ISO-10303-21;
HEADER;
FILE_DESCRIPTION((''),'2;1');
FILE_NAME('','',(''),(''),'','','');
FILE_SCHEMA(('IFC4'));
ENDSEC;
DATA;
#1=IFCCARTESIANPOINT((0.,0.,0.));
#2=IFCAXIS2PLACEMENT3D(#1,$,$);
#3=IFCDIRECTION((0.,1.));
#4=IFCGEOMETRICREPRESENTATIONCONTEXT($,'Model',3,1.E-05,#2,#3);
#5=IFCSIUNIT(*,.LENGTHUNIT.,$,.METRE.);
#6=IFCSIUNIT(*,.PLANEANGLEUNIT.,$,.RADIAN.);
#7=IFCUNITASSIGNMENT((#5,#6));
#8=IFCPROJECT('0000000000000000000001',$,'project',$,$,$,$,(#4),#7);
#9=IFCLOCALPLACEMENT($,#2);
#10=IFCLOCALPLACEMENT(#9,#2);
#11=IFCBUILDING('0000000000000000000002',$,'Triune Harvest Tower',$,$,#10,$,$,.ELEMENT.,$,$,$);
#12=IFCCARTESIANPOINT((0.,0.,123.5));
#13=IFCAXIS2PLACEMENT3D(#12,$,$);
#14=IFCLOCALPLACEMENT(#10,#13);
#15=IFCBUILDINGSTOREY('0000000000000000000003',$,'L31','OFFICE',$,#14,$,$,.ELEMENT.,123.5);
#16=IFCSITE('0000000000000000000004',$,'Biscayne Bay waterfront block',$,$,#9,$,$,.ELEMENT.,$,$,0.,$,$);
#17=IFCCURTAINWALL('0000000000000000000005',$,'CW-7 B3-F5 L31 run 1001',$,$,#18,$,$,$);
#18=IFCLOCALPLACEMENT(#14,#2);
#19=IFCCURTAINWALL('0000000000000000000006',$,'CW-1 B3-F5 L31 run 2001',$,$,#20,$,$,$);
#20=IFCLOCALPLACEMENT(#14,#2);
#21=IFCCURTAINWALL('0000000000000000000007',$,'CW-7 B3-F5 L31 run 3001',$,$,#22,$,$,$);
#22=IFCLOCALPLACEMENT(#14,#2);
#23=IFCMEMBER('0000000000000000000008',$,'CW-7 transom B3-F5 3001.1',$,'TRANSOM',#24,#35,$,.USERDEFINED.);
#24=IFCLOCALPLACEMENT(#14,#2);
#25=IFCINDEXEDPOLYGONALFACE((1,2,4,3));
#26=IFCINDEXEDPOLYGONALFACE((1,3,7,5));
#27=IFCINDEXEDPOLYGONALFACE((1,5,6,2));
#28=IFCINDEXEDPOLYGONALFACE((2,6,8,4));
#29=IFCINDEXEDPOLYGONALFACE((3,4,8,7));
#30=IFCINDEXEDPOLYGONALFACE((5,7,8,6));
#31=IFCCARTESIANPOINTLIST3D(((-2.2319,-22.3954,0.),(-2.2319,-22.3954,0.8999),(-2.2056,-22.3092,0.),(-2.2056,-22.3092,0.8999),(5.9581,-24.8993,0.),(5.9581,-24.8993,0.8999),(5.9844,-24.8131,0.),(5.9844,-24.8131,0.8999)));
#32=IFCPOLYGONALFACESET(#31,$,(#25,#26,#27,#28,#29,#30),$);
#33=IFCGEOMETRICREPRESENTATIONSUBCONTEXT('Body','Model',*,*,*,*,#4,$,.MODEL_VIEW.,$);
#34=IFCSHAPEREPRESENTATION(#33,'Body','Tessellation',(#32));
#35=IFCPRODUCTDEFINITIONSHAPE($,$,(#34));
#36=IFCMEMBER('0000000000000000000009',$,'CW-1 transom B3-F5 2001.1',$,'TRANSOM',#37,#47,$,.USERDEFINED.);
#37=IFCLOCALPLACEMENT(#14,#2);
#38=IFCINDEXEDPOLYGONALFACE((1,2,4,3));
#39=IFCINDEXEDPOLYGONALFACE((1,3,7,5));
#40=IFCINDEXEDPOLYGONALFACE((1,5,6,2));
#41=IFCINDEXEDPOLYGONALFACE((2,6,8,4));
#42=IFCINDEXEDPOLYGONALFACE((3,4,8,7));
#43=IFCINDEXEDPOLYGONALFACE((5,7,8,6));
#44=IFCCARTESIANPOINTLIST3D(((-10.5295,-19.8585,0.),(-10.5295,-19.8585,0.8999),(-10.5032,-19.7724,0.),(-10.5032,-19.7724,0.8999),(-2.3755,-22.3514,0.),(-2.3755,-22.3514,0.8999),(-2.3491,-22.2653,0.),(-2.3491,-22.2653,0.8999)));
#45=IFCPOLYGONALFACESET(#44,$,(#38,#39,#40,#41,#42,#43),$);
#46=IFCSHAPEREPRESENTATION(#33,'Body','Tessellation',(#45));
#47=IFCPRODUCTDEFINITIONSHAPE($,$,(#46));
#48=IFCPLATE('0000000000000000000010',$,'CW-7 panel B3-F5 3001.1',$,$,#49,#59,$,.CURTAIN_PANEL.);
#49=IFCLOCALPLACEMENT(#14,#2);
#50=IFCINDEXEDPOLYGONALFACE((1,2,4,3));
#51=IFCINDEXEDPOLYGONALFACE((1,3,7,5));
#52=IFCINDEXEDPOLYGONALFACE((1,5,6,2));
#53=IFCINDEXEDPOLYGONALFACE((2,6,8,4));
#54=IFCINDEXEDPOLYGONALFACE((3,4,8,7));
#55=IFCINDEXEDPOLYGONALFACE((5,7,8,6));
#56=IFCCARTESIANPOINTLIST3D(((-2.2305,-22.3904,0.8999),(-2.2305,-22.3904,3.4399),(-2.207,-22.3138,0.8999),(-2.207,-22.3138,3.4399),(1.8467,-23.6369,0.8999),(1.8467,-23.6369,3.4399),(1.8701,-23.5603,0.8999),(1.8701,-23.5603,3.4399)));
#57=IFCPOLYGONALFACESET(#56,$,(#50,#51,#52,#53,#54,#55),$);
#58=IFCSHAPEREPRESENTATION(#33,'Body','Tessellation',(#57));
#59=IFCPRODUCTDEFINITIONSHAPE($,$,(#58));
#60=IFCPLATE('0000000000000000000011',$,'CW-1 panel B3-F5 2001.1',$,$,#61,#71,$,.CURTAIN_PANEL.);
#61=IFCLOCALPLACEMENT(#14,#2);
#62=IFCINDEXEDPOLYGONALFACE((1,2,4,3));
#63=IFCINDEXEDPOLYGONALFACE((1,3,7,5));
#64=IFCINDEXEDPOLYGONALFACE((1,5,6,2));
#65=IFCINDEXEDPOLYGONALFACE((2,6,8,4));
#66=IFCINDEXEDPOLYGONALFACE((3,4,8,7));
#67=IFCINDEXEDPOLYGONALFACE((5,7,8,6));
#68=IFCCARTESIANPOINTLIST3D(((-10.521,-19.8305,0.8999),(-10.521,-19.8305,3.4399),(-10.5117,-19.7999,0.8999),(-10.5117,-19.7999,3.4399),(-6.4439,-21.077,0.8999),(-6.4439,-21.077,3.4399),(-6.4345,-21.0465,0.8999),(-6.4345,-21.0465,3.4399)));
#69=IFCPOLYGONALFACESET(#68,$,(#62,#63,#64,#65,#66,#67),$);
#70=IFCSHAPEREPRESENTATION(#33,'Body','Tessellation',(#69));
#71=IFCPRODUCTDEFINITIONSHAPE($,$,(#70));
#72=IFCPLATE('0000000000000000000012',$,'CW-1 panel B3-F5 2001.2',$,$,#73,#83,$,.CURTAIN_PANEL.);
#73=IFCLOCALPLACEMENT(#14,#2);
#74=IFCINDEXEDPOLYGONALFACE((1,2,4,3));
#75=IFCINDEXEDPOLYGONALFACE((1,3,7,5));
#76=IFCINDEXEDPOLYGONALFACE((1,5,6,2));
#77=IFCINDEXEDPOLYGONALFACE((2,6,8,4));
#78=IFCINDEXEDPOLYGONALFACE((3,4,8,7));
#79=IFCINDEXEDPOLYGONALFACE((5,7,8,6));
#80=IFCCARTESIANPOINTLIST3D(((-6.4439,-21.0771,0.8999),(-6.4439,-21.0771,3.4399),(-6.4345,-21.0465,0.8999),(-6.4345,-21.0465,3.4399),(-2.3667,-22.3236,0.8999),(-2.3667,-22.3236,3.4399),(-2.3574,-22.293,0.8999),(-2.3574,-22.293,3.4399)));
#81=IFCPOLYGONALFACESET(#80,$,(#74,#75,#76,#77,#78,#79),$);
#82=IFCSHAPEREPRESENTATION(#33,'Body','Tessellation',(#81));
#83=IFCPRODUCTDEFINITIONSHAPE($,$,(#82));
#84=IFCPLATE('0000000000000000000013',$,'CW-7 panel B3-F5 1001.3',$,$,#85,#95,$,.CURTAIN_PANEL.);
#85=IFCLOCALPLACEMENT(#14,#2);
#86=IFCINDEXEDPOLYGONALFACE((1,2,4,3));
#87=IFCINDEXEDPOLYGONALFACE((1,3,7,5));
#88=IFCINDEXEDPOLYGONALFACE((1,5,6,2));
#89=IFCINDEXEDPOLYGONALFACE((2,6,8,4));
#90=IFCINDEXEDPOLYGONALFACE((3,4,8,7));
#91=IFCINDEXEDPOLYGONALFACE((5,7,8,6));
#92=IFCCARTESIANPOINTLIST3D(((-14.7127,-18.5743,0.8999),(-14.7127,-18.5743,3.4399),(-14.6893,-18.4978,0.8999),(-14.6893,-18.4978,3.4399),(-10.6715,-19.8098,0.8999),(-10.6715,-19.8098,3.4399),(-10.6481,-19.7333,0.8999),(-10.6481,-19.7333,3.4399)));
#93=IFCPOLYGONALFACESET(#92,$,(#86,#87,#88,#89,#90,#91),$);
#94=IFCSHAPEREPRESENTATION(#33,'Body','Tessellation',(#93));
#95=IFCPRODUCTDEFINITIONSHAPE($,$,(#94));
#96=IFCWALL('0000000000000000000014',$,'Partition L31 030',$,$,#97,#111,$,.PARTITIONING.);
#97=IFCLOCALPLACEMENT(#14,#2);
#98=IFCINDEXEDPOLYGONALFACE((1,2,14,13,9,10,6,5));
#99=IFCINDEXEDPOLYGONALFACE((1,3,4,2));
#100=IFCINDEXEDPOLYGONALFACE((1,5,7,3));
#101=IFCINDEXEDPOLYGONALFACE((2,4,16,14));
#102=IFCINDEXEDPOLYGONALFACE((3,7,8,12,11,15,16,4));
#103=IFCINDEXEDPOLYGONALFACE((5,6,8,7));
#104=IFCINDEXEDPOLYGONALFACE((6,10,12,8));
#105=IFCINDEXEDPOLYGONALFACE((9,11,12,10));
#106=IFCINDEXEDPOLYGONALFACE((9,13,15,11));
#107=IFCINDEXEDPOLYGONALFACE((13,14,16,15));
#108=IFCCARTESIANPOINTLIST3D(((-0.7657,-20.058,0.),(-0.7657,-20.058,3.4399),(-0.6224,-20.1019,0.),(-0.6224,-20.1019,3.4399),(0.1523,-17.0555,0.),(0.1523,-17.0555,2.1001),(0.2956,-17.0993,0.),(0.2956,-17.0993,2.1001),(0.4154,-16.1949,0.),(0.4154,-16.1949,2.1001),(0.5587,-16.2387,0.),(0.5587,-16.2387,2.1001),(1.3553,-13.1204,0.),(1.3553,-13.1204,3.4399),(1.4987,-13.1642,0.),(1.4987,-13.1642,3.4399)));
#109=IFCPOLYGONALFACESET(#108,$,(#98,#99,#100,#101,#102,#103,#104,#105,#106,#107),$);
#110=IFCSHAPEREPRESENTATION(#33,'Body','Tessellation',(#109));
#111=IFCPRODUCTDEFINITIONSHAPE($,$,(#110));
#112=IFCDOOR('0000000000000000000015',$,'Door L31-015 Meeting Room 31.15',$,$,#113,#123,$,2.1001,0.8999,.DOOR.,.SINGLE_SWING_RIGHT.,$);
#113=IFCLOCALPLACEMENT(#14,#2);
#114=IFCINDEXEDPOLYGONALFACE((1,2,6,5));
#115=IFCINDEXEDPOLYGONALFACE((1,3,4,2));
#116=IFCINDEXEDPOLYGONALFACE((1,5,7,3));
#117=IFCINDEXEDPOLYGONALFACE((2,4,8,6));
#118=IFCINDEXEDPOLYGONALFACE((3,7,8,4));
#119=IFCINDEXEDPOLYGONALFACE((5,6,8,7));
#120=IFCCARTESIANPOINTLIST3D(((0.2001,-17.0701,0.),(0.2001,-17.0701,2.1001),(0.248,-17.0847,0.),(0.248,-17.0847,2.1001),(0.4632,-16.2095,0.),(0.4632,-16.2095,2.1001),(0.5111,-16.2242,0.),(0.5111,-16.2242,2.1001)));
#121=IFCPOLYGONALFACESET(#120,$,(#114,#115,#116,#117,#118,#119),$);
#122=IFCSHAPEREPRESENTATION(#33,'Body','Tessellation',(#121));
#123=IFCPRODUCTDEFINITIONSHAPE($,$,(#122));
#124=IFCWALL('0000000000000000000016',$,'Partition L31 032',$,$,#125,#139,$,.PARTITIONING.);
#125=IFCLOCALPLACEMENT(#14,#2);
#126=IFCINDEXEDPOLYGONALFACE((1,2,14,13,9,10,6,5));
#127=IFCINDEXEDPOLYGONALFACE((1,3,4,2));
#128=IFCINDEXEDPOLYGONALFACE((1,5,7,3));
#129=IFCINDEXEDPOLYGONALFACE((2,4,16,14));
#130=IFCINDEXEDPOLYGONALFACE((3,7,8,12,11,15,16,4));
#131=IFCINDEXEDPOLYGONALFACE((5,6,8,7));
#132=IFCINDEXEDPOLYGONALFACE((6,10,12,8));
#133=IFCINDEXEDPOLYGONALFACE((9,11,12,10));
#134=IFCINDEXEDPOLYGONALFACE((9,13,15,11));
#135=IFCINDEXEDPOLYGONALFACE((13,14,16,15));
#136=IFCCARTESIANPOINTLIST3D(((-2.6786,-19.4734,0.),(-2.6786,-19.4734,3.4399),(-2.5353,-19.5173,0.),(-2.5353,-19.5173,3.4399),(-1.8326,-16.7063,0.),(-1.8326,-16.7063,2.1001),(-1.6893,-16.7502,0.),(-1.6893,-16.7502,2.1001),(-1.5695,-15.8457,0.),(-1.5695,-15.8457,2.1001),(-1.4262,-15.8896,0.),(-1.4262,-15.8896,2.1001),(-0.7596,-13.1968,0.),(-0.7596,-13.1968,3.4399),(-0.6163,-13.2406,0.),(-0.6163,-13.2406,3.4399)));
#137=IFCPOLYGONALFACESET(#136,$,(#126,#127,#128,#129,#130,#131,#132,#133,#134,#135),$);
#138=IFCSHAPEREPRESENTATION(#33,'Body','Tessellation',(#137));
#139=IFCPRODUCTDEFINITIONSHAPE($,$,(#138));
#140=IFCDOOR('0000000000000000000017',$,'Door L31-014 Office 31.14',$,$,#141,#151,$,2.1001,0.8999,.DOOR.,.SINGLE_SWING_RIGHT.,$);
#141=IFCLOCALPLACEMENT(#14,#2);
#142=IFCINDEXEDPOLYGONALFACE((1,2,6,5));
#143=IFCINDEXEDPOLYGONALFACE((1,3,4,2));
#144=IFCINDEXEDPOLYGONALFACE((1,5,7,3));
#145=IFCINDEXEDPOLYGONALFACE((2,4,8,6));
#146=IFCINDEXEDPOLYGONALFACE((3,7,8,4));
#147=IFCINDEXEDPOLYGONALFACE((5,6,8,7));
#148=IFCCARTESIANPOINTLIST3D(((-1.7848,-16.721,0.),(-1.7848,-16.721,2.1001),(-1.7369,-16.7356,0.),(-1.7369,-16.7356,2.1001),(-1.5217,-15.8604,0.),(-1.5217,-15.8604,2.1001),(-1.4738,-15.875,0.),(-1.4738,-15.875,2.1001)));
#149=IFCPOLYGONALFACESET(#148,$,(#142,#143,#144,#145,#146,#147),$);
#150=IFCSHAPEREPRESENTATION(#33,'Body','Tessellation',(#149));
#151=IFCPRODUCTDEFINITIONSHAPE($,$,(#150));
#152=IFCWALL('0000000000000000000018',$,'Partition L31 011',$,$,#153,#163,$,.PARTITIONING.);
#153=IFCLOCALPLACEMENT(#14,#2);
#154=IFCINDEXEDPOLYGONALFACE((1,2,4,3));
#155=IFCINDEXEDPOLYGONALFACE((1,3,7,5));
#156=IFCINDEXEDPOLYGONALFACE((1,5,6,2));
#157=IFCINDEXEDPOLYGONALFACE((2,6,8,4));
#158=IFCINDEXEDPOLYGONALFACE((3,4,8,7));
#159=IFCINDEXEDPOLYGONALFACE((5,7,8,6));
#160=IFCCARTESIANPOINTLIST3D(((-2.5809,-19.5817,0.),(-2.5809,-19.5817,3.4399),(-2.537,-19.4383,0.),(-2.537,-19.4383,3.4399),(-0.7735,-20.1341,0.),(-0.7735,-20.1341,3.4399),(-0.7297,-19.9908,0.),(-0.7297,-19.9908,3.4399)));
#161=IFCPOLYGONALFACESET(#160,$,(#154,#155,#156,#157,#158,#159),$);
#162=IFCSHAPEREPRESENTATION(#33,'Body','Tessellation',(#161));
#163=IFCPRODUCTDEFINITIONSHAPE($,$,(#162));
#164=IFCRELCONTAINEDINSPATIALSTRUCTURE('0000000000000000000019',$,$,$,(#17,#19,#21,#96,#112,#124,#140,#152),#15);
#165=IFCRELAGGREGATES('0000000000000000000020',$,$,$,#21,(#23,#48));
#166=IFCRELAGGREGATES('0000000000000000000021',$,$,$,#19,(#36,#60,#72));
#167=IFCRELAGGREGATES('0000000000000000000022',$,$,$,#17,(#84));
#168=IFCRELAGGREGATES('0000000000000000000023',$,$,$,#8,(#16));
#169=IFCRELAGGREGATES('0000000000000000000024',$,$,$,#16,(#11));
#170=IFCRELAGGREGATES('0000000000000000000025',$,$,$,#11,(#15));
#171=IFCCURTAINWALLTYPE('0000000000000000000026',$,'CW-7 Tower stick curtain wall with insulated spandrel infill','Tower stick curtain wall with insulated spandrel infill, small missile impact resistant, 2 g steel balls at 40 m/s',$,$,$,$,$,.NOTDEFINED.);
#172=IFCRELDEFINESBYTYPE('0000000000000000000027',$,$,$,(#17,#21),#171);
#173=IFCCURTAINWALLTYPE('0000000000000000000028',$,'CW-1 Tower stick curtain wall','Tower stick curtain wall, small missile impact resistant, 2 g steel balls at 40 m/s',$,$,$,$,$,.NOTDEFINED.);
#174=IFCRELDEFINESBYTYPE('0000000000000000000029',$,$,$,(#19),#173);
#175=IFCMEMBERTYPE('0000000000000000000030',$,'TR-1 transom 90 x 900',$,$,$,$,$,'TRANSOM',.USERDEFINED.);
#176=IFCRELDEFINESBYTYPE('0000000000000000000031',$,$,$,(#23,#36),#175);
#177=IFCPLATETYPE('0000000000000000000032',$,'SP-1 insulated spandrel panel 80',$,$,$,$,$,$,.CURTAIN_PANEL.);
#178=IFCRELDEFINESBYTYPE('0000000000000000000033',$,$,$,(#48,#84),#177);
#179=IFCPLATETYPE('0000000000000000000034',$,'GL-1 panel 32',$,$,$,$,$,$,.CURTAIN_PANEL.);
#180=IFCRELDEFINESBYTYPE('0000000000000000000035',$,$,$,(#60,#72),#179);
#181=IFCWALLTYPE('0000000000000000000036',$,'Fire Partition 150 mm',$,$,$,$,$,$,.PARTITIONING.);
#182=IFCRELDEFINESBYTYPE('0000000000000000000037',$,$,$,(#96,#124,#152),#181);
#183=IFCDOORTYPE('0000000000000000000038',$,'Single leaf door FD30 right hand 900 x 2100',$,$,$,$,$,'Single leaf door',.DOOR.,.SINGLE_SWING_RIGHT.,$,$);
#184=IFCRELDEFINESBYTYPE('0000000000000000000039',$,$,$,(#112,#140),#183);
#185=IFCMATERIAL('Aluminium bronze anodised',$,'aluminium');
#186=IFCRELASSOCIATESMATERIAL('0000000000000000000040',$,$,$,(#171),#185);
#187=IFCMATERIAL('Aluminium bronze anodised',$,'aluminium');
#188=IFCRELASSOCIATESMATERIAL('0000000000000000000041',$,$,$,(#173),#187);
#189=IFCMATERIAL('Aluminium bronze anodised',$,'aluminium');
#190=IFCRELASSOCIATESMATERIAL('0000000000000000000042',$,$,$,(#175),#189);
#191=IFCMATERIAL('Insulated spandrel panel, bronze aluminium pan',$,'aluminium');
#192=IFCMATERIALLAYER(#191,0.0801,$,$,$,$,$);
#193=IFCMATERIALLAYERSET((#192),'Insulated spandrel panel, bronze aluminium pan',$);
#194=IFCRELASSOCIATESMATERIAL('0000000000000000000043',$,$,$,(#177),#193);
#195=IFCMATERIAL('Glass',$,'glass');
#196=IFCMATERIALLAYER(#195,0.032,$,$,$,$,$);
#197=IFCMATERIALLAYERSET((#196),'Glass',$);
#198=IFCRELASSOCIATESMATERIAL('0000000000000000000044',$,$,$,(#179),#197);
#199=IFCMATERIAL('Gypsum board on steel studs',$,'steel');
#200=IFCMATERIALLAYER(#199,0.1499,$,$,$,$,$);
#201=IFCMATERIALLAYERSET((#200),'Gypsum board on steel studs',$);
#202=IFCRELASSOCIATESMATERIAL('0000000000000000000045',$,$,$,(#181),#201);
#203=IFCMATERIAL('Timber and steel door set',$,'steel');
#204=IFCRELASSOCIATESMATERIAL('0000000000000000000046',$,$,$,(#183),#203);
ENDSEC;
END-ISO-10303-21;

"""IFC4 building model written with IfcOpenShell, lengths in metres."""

from ifc_helpers import new_model, si_unit, direction, frame, frame_2d, origin, origin_2d, place, context, subcontext, project, spatial, rectangle, extrude, source, transform, mapped, material, layer, layer_set, material_profile, profile_set, type_object, element, fill, aggregate, save


model = new_model("IFC4")

# Units and contexts
model_context = context("Model", 3, precision=1e-05, world=origin(), true_north=direction((0.0, 1.0)))
body_context = subcontext(model_context, "Body", "Model", "MODEL_VIEW")
ifc_project = project(units=[si_unit("LENGTHUNIT", "METRE"), si_unit("PLANEANGLEUNIT", "RADIAN")], contexts=[model_context])

# Site, building, storey
site_placement = place(None, origin())
site = spatial("IfcSite", under=ifc_project, at=site_placement, Name="Biscayne Bay waterfront block", CompositionType="ELEMENT", RefElevation=0.0)
building_placement = place(site_placement, origin())
building = spatial("IfcBuilding", under=site, at=building_placement, Name="Triune Harvest Tower", CompositionType="ELEMENT")
storey_placement = place(building_placement, frame((0.0, 0.0, 123.5)))
storey = spatial("IfcBuildingStorey", under=building, at=storey_placement, Name="L31", Description="OFFICE", CompositionType="ELEMENT", Elevation=123.5)

# Curtain wall
ifc_material_1 = material(Name="Aluminium bronze anodised", Category="aluminium")
curtain_wall_type_1 = type_object("IfcCurtainWallType", Name="CW-7 Tower stick curtain wall with insulated spandrel infill", Description="Tower stick curtain wall with insulated spandrel infill, small missile impact resistant, 2 g steel balls at 40 m/s", PredefinedType="NOTDEFINED", material=ifc_material_1)
curtain_wall_1_placement = place(storey_placement, origin())
curtain_wall_1 = element("IfcCurtainWall", 1, at=curtain_wall_1_placement, inside=storey, type_object=curtain_wall_type_1, Name="CW-7 B3-F5 L31 run 1001")

# Curtain walls, member
ifc_material_2 = material(Name="Aluminium bronze anodised", Category="aluminium")
curtain_wall_type_2 = type_object("IfcCurtainWallType", Name="CW-1 Tower stick curtain wall", Description="Tower stick curtain wall, small missile impact resistant, 2 g steel balls at 40 m/s", PredefinedType="NOTDEFINED", material=ifc_material_2)
curtain_wall_2_placement = place(storey_placement, origin())
curtain_wall_2 = element("IfcCurtainWall", 2, at=curtain_wall_2_placement, inside=storey, type_object=curtain_wall_type_2, Name="CW-1 B3-F5 L31 run 2001")
curtain_wall_3_placement = place(storey_placement, origin())
curtain_wall_3 = element("IfcCurtainWall", 3, at=curtain_wall_3_placement, inside=storey, type_object=curtain_wall_type_1, Name="CW-7 B3-F5 L31 run 3001")
ifc_material_3 = material(Name="Aluminium bronze anodised", Category="aluminium")
ifc_material_profile_1 = material_profile(ifc_material_3, rectangle(XDim=0.0901, YDim=0.8999, at=origin_2d()), Name="TR-1 transom 90 x 900")
ifc_profile_set_1 = profile_set([ifc_material_profile_1], Name="Aluminium bronze anodised")
member_type_1 = type_object("IfcMemberType", Name="TR-1 transom 90 x 900", ElementType="TRANSOM", PredefinedType="USERDEFINED", material=ifc_profile_set_1)
shared_shape_1 = source(origin(), body_context, "Body", "SweptSolid", [
    extrude(rectangle(XDim=0.0901, YDim=0.8999, at=origin_2d()), origin(), (0.0, 0.0, 1.0), 8.5642),
])
member_1_placement = place(storey_placement, frame((-2.2188, -22.3523, 0.45), z_axis=(0.956305, -0.292371, 0.0), x_axis=(0.292371, 0.956305, 0.0)))
member_1 = element("IfcMember", 4, at=member_1_placement, type_object=member_type_1, Name="CW-7 transom B3-F5 3001.1", ObjectType="TRANSOM", PredefinedType="USERDEFINED", context=body_context, shape_type="MappedRepresentation", body=[
    mapped(shared_shape_1, transform((0.0, 0.0, 0.0), scale=1.0)),
])

# Member
shared_shape_2 = source(origin(), body_context, "Body", "SweptSolid", [
    extrude(rectangle(XDim=0.0901, YDim=0.8999, at=origin_2d()), origin(), (0.0, 0.0, 1.0), 8.5266),
])
member_2_placement = place(storey_placement, frame((-10.5164, -19.8154, 0.45), z_axis=(0.956306, -0.292369, 0.0), x_axis=(0.292369, 0.956306, 0.0)))
member_2 = element("IfcMember", 5, at=member_2_placement, type_object=member_type_1, Name="CW-1 transom B3-F5 2001.1", ObjectType="TRANSOM", PredefinedType="USERDEFINED", context=body_context, shape_type="MappedRepresentation", body=[
    mapped(shared_shape_2, transform((0.0, 0.0, 0.0), scale=1.0)),
])

# Plates
ifc_material_4 = material(Name="Insulated spandrel panel, bronze aluminium pan", Category="aluminium")
ifc_layer_1 = layer(ifc_material_4, 0.0801)
ifc_layer_set_1 = layer_set([ifc_layer_1], Name="Insulated spandrel panel, bronze aluminium pan")
plate_type_1 = type_object("IfcPlateType", Name="SP-1 insulated spandrel panel 80", PredefinedType="CURTAIN_PANEL", material=ifc_layer_set_1)
shared_shape_3 = source(origin(), body_context, "Body", "SweptSolid", [
    extrude(rectangle(XDim=4.2634, YDim=0.0801, at=origin_2d()), origin(), (0.0, 0.0, 1.0), 2.54),
])
plate_1_placement = place(storey_placement, frame((-0.1802, -22.9753, 0.8999), z_axis=(0.0, 0.0, 1.0), x_axis=(0.956306, -0.292368, 0.0)))
plate_1 = element("IfcPlate", 6, at=plate_1_placement, type_object=plate_type_1, Name="CW-7 panel B3-F5 3001.1", PredefinedType="CURTAIN_PANEL", context=body_context, shape_type="MappedRepresentation", body=[
    mapped(shared_shape_3, transform((0.0, 0.0, 0.0), scale=1.0)),
])
aggregate(curtain_wall_3, [member_1, plate_1])
ifc_material_5 = material(Name="Glass", Category="glass")
ifc_layer_2 = layer(ifc_material_5, 0.032)
ifc_layer_set_2 = layer_set([ifc_layer_2], Name="Glass")
plate_type_2 = type_object("IfcPlateType", Name="GL-1 panel 32", PredefinedType="CURTAIN_PANEL", material=ifc_layer_set_2)
shared_shape_4 = source(origin(), body_context, "Body", "SweptSolid", [
    extrude(rectangle(XDim=4.2634, YDim=0.032, at=origin_2d()), origin(), (0.0, 0.0, 1.0), 2.54),
])
plate_2_placement = place(storey_placement, frame((-8.4778, -20.4385, 0.8999), z_axis=(0.0, 0.0, 1.0), x_axis=(0.956302, -0.292382, 0.0)))
plate_2 = element("IfcPlate", 7, at=plate_2_placement, type_object=plate_type_2, Name="CW-1 panel B3-F5 2001.1", PredefinedType="CURTAIN_PANEL", context=body_context, shape_type="MappedRepresentation", body=[
    mapped(shared_shape_4, transform((0.0, 0.0, 0.0), scale=1.0)),
])
plate_3_placement = place(storey_placement, frame((-4.4006, -21.6851, 0.8999), z_axis=(0.0, 0.0, 1.0), x_axis=(0.956302, -0.292382, 0.0)))
plate_3 = element("IfcPlate", 8, at=plate_3_placement, type_object=plate_type_2, Name="CW-1 panel B3-F5 2001.2", PredefinedType="CURTAIN_PANEL", context=body_context, shape_type="MappedRepresentation", body=[
    mapped(shared_shape_4, transform((0.0, 0.0, 0.0), scale=1.0)),
])
aggregate(curtain_wall_2, [member_2, plate_2, plate_3])
shared_shape_5 = source(origin(), body_context, "Body", "SweptSolid", [
    extrude(rectangle(XDim=4.2258, YDim=0.0801, at=origin_2d()), origin(), (0.0, 0.0, 1.0), 2.54),
])
plate_4_placement = place(storey_placement, frame((-12.6804, -19.1538, 0.8999), z_axis=(0.0, 0.0, 1.0), x_axis=(0.956306, -0.292368, 0.0)))
plate_4 = element("IfcPlate", 9, at=plate_4_placement, type_object=plate_type_1, Name="CW-7 panel B3-F5 1001.3", PredefinedType="CURTAIN_PANEL", context=body_context, shape_type="MappedRepresentation", body=[
    mapped(shared_shape_5, transform((0.0, 0.0, 0.0), scale=1.0)),
])
aggregate(curtain_wall_1, [plate_4])

# Walls, openings, doors
ifc_material_6 = material(Name="Gypsum board on steel studs", Category="steel")
ifc_layer_3 = layer(ifc_material_6, 0.1499)
ifc_layer_set_3 = layer_set([ifc_layer_3], Name="Gypsum board on steel studs")
wall_type_1 = type_object("IfcWallType", Name="Fire Partition 150 mm", PredefinedType="PARTITIONING", material=ifc_layer_set_3)
wall_1_placement = place(storey_placement, frame((-0.6941, -20.0801, 0.0), z_axis=(0.0, 0.0, 1.0), x_axis=(0.292373, 0.956304, 0.0)))
wall_1 = element("IfcWall", 10, at=wall_1_placement, inside=storey, type_object=wall_type_1, Name="Partition L31 030", PredefinedType="PARTITIONING", context=body_context, shape_type="SweptSolid", body=[
    extrude(rectangle(XDim=7.2546, YDim=0.1499, at=frame_2d((3.6274, 0.0))), origin(), (0.0, 0.0, 1.0), 3.4399),
])
opening_1_placement = place(wall_1_placement, frame((3.1399, 0.0, 0.0)))
opening_1 = element("IfcOpeningElement", 11, at=opening_1_placement, cuts=wall_1, PredefinedType="OPENING", context=body_context, shape_type="SweptSolid", body=[
    extrude(rectangle(XDim=0.8999, YDim=2.1001, at=frame_2d((0.45, 1.05))), frame((0.0, 0.085, 0.0), z_axis=(0.0, -1.0, 0.0), x_axis=(1.0, 0.0, 0.0)), (0.0, 0.0, 1.0), 0.1699),
])
ifc_material_7 = material(Name="Timber and steel door set", Category="steel")
door_type = type_object("IfcDoorType", Name="Single leaf door FD30 right hand 900 x 2100", ElementType="Single leaf door", OperationType="SINGLE_SWING_RIGHT", PredefinedType="DOOR", material=ifc_material_7)
door_1_placement = place(opening_1_placement, origin())
door_1 = element("IfcDoor", 12, at=door_1_placement, inside=storey, type_object=door_type, Name="Door L31-015 Meeting Room 31.15", OperationType="SINGLE_SWING_RIGHT", OverallHeight=2.1001, OverallWidth=0.8999, PredefinedType="DOOR", context=body_context, shape_type="SweptSolid", body=[
    extrude(rectangle(XDim=0.8999, YDim=2.1001, at=frame_2d((0.45, 1.05))), frame((0.0, 0.0249, 0.0), z_axis=(0.0, -1.0, 0.0), x_axis=(1.0, 0.0, 0.0)), (0.0, 0.0, 1.0), 0.05),
])
fill(opening_1, door_1)
wall_2_placement = place(storey_placement, frame((-2.6069, -19.4954, 0.0), z_axis=(0.0, 0.0, 1.0), x_axis=(0.292371, 0.956305, 0.0)))
wall_2 = element("IfcWall", 13, at=wall_2_placement, inside=storey, type_object=wall_type_1, Name="Partition L31 032", PredefinedType="PARTITIONING", context=body_context, shape_type="SweptSolid", body=[
    extrude(rectangle(XDim=6.5635, YDim=0.1499, at=frame_2d((3.2817, 0.0))), origin(), (0.0, 0.0, 1.0), 3.4399),
])
opening_2_placement = place(wall_2_placement, frame((2.8936, 0.0, 0.0)))
opening_2 = element("IfcOpeningElement", 14, at=opening_2_placement, cuts=wall_2, PredefinedType="OPENING", context=body_context, shape_type="SweptSolid", body=[
    extrude(rectangle(XDim=0.8999, YDim=2.1001, at=frame_2d((0.45, 1.05))), frame((0.0, 0.085, 0.0), z_axis=(0.0, -1.0, 0.0), x_axis=(1.0, 0.0, 0.0)), (0.0, 0.0, 1.0), 0.1699),
])
door_2_placement = place(opening_2_placement, origin())
door_2 = element("IfcDoor", 15, at=door_2_placement, inside=storey, type_object=door_type, Name="Door L31-014 Office 31.14", OperationType="SINGLE_SWING_RIGHT", OverallHeight=2.1001, OverallWidth=0.8999, PredefinedType="DOOR", context=body_context, shape_type="SweptSolid", body=[
    extrude(rectangle(XDim=0.8999, YDim=2.1001, at=frame_2d((0.45, 1.05))), frame((0.0, 0.0249, 0.0), z_axis=(0.0, -1.0, 0.0), x_axis=(1.0, 0.0, 0.0)), (0.0, 0.0, 1.0), 0.05),
])
fill(opening_2, door_2)

# Wall
shared_shape_6 = source(origin(), body_context, "Body", "SweptSolid", [
    extrude(rectangle(XDim=1.8899, YDim=0.1499, at=frame_2d((0.9448, 0.0))), origin(), (0.0, 0.0, 1.0), 3.4399),
])
wall_3_placement = place(storey_placement, frame((-2.5588, -19.51, 0.0), z_axis=(0.0, 0.0, 1.0), x_axis=(0.956316, -0.292333, 0.0)))
element("IfcWall", 16, at=wall_3_placement, inside=storey, type_object=wall_type_1, Name="Partition L31 011", PredefinedType="PARTITIONING", context=body_context, shape_type="MappedRepresentation", body=[
    mapped(shared_shape_6, transform((0.0, 0.0, 0.0), scale=1.0)),
])

save(model, "model.ifc")
